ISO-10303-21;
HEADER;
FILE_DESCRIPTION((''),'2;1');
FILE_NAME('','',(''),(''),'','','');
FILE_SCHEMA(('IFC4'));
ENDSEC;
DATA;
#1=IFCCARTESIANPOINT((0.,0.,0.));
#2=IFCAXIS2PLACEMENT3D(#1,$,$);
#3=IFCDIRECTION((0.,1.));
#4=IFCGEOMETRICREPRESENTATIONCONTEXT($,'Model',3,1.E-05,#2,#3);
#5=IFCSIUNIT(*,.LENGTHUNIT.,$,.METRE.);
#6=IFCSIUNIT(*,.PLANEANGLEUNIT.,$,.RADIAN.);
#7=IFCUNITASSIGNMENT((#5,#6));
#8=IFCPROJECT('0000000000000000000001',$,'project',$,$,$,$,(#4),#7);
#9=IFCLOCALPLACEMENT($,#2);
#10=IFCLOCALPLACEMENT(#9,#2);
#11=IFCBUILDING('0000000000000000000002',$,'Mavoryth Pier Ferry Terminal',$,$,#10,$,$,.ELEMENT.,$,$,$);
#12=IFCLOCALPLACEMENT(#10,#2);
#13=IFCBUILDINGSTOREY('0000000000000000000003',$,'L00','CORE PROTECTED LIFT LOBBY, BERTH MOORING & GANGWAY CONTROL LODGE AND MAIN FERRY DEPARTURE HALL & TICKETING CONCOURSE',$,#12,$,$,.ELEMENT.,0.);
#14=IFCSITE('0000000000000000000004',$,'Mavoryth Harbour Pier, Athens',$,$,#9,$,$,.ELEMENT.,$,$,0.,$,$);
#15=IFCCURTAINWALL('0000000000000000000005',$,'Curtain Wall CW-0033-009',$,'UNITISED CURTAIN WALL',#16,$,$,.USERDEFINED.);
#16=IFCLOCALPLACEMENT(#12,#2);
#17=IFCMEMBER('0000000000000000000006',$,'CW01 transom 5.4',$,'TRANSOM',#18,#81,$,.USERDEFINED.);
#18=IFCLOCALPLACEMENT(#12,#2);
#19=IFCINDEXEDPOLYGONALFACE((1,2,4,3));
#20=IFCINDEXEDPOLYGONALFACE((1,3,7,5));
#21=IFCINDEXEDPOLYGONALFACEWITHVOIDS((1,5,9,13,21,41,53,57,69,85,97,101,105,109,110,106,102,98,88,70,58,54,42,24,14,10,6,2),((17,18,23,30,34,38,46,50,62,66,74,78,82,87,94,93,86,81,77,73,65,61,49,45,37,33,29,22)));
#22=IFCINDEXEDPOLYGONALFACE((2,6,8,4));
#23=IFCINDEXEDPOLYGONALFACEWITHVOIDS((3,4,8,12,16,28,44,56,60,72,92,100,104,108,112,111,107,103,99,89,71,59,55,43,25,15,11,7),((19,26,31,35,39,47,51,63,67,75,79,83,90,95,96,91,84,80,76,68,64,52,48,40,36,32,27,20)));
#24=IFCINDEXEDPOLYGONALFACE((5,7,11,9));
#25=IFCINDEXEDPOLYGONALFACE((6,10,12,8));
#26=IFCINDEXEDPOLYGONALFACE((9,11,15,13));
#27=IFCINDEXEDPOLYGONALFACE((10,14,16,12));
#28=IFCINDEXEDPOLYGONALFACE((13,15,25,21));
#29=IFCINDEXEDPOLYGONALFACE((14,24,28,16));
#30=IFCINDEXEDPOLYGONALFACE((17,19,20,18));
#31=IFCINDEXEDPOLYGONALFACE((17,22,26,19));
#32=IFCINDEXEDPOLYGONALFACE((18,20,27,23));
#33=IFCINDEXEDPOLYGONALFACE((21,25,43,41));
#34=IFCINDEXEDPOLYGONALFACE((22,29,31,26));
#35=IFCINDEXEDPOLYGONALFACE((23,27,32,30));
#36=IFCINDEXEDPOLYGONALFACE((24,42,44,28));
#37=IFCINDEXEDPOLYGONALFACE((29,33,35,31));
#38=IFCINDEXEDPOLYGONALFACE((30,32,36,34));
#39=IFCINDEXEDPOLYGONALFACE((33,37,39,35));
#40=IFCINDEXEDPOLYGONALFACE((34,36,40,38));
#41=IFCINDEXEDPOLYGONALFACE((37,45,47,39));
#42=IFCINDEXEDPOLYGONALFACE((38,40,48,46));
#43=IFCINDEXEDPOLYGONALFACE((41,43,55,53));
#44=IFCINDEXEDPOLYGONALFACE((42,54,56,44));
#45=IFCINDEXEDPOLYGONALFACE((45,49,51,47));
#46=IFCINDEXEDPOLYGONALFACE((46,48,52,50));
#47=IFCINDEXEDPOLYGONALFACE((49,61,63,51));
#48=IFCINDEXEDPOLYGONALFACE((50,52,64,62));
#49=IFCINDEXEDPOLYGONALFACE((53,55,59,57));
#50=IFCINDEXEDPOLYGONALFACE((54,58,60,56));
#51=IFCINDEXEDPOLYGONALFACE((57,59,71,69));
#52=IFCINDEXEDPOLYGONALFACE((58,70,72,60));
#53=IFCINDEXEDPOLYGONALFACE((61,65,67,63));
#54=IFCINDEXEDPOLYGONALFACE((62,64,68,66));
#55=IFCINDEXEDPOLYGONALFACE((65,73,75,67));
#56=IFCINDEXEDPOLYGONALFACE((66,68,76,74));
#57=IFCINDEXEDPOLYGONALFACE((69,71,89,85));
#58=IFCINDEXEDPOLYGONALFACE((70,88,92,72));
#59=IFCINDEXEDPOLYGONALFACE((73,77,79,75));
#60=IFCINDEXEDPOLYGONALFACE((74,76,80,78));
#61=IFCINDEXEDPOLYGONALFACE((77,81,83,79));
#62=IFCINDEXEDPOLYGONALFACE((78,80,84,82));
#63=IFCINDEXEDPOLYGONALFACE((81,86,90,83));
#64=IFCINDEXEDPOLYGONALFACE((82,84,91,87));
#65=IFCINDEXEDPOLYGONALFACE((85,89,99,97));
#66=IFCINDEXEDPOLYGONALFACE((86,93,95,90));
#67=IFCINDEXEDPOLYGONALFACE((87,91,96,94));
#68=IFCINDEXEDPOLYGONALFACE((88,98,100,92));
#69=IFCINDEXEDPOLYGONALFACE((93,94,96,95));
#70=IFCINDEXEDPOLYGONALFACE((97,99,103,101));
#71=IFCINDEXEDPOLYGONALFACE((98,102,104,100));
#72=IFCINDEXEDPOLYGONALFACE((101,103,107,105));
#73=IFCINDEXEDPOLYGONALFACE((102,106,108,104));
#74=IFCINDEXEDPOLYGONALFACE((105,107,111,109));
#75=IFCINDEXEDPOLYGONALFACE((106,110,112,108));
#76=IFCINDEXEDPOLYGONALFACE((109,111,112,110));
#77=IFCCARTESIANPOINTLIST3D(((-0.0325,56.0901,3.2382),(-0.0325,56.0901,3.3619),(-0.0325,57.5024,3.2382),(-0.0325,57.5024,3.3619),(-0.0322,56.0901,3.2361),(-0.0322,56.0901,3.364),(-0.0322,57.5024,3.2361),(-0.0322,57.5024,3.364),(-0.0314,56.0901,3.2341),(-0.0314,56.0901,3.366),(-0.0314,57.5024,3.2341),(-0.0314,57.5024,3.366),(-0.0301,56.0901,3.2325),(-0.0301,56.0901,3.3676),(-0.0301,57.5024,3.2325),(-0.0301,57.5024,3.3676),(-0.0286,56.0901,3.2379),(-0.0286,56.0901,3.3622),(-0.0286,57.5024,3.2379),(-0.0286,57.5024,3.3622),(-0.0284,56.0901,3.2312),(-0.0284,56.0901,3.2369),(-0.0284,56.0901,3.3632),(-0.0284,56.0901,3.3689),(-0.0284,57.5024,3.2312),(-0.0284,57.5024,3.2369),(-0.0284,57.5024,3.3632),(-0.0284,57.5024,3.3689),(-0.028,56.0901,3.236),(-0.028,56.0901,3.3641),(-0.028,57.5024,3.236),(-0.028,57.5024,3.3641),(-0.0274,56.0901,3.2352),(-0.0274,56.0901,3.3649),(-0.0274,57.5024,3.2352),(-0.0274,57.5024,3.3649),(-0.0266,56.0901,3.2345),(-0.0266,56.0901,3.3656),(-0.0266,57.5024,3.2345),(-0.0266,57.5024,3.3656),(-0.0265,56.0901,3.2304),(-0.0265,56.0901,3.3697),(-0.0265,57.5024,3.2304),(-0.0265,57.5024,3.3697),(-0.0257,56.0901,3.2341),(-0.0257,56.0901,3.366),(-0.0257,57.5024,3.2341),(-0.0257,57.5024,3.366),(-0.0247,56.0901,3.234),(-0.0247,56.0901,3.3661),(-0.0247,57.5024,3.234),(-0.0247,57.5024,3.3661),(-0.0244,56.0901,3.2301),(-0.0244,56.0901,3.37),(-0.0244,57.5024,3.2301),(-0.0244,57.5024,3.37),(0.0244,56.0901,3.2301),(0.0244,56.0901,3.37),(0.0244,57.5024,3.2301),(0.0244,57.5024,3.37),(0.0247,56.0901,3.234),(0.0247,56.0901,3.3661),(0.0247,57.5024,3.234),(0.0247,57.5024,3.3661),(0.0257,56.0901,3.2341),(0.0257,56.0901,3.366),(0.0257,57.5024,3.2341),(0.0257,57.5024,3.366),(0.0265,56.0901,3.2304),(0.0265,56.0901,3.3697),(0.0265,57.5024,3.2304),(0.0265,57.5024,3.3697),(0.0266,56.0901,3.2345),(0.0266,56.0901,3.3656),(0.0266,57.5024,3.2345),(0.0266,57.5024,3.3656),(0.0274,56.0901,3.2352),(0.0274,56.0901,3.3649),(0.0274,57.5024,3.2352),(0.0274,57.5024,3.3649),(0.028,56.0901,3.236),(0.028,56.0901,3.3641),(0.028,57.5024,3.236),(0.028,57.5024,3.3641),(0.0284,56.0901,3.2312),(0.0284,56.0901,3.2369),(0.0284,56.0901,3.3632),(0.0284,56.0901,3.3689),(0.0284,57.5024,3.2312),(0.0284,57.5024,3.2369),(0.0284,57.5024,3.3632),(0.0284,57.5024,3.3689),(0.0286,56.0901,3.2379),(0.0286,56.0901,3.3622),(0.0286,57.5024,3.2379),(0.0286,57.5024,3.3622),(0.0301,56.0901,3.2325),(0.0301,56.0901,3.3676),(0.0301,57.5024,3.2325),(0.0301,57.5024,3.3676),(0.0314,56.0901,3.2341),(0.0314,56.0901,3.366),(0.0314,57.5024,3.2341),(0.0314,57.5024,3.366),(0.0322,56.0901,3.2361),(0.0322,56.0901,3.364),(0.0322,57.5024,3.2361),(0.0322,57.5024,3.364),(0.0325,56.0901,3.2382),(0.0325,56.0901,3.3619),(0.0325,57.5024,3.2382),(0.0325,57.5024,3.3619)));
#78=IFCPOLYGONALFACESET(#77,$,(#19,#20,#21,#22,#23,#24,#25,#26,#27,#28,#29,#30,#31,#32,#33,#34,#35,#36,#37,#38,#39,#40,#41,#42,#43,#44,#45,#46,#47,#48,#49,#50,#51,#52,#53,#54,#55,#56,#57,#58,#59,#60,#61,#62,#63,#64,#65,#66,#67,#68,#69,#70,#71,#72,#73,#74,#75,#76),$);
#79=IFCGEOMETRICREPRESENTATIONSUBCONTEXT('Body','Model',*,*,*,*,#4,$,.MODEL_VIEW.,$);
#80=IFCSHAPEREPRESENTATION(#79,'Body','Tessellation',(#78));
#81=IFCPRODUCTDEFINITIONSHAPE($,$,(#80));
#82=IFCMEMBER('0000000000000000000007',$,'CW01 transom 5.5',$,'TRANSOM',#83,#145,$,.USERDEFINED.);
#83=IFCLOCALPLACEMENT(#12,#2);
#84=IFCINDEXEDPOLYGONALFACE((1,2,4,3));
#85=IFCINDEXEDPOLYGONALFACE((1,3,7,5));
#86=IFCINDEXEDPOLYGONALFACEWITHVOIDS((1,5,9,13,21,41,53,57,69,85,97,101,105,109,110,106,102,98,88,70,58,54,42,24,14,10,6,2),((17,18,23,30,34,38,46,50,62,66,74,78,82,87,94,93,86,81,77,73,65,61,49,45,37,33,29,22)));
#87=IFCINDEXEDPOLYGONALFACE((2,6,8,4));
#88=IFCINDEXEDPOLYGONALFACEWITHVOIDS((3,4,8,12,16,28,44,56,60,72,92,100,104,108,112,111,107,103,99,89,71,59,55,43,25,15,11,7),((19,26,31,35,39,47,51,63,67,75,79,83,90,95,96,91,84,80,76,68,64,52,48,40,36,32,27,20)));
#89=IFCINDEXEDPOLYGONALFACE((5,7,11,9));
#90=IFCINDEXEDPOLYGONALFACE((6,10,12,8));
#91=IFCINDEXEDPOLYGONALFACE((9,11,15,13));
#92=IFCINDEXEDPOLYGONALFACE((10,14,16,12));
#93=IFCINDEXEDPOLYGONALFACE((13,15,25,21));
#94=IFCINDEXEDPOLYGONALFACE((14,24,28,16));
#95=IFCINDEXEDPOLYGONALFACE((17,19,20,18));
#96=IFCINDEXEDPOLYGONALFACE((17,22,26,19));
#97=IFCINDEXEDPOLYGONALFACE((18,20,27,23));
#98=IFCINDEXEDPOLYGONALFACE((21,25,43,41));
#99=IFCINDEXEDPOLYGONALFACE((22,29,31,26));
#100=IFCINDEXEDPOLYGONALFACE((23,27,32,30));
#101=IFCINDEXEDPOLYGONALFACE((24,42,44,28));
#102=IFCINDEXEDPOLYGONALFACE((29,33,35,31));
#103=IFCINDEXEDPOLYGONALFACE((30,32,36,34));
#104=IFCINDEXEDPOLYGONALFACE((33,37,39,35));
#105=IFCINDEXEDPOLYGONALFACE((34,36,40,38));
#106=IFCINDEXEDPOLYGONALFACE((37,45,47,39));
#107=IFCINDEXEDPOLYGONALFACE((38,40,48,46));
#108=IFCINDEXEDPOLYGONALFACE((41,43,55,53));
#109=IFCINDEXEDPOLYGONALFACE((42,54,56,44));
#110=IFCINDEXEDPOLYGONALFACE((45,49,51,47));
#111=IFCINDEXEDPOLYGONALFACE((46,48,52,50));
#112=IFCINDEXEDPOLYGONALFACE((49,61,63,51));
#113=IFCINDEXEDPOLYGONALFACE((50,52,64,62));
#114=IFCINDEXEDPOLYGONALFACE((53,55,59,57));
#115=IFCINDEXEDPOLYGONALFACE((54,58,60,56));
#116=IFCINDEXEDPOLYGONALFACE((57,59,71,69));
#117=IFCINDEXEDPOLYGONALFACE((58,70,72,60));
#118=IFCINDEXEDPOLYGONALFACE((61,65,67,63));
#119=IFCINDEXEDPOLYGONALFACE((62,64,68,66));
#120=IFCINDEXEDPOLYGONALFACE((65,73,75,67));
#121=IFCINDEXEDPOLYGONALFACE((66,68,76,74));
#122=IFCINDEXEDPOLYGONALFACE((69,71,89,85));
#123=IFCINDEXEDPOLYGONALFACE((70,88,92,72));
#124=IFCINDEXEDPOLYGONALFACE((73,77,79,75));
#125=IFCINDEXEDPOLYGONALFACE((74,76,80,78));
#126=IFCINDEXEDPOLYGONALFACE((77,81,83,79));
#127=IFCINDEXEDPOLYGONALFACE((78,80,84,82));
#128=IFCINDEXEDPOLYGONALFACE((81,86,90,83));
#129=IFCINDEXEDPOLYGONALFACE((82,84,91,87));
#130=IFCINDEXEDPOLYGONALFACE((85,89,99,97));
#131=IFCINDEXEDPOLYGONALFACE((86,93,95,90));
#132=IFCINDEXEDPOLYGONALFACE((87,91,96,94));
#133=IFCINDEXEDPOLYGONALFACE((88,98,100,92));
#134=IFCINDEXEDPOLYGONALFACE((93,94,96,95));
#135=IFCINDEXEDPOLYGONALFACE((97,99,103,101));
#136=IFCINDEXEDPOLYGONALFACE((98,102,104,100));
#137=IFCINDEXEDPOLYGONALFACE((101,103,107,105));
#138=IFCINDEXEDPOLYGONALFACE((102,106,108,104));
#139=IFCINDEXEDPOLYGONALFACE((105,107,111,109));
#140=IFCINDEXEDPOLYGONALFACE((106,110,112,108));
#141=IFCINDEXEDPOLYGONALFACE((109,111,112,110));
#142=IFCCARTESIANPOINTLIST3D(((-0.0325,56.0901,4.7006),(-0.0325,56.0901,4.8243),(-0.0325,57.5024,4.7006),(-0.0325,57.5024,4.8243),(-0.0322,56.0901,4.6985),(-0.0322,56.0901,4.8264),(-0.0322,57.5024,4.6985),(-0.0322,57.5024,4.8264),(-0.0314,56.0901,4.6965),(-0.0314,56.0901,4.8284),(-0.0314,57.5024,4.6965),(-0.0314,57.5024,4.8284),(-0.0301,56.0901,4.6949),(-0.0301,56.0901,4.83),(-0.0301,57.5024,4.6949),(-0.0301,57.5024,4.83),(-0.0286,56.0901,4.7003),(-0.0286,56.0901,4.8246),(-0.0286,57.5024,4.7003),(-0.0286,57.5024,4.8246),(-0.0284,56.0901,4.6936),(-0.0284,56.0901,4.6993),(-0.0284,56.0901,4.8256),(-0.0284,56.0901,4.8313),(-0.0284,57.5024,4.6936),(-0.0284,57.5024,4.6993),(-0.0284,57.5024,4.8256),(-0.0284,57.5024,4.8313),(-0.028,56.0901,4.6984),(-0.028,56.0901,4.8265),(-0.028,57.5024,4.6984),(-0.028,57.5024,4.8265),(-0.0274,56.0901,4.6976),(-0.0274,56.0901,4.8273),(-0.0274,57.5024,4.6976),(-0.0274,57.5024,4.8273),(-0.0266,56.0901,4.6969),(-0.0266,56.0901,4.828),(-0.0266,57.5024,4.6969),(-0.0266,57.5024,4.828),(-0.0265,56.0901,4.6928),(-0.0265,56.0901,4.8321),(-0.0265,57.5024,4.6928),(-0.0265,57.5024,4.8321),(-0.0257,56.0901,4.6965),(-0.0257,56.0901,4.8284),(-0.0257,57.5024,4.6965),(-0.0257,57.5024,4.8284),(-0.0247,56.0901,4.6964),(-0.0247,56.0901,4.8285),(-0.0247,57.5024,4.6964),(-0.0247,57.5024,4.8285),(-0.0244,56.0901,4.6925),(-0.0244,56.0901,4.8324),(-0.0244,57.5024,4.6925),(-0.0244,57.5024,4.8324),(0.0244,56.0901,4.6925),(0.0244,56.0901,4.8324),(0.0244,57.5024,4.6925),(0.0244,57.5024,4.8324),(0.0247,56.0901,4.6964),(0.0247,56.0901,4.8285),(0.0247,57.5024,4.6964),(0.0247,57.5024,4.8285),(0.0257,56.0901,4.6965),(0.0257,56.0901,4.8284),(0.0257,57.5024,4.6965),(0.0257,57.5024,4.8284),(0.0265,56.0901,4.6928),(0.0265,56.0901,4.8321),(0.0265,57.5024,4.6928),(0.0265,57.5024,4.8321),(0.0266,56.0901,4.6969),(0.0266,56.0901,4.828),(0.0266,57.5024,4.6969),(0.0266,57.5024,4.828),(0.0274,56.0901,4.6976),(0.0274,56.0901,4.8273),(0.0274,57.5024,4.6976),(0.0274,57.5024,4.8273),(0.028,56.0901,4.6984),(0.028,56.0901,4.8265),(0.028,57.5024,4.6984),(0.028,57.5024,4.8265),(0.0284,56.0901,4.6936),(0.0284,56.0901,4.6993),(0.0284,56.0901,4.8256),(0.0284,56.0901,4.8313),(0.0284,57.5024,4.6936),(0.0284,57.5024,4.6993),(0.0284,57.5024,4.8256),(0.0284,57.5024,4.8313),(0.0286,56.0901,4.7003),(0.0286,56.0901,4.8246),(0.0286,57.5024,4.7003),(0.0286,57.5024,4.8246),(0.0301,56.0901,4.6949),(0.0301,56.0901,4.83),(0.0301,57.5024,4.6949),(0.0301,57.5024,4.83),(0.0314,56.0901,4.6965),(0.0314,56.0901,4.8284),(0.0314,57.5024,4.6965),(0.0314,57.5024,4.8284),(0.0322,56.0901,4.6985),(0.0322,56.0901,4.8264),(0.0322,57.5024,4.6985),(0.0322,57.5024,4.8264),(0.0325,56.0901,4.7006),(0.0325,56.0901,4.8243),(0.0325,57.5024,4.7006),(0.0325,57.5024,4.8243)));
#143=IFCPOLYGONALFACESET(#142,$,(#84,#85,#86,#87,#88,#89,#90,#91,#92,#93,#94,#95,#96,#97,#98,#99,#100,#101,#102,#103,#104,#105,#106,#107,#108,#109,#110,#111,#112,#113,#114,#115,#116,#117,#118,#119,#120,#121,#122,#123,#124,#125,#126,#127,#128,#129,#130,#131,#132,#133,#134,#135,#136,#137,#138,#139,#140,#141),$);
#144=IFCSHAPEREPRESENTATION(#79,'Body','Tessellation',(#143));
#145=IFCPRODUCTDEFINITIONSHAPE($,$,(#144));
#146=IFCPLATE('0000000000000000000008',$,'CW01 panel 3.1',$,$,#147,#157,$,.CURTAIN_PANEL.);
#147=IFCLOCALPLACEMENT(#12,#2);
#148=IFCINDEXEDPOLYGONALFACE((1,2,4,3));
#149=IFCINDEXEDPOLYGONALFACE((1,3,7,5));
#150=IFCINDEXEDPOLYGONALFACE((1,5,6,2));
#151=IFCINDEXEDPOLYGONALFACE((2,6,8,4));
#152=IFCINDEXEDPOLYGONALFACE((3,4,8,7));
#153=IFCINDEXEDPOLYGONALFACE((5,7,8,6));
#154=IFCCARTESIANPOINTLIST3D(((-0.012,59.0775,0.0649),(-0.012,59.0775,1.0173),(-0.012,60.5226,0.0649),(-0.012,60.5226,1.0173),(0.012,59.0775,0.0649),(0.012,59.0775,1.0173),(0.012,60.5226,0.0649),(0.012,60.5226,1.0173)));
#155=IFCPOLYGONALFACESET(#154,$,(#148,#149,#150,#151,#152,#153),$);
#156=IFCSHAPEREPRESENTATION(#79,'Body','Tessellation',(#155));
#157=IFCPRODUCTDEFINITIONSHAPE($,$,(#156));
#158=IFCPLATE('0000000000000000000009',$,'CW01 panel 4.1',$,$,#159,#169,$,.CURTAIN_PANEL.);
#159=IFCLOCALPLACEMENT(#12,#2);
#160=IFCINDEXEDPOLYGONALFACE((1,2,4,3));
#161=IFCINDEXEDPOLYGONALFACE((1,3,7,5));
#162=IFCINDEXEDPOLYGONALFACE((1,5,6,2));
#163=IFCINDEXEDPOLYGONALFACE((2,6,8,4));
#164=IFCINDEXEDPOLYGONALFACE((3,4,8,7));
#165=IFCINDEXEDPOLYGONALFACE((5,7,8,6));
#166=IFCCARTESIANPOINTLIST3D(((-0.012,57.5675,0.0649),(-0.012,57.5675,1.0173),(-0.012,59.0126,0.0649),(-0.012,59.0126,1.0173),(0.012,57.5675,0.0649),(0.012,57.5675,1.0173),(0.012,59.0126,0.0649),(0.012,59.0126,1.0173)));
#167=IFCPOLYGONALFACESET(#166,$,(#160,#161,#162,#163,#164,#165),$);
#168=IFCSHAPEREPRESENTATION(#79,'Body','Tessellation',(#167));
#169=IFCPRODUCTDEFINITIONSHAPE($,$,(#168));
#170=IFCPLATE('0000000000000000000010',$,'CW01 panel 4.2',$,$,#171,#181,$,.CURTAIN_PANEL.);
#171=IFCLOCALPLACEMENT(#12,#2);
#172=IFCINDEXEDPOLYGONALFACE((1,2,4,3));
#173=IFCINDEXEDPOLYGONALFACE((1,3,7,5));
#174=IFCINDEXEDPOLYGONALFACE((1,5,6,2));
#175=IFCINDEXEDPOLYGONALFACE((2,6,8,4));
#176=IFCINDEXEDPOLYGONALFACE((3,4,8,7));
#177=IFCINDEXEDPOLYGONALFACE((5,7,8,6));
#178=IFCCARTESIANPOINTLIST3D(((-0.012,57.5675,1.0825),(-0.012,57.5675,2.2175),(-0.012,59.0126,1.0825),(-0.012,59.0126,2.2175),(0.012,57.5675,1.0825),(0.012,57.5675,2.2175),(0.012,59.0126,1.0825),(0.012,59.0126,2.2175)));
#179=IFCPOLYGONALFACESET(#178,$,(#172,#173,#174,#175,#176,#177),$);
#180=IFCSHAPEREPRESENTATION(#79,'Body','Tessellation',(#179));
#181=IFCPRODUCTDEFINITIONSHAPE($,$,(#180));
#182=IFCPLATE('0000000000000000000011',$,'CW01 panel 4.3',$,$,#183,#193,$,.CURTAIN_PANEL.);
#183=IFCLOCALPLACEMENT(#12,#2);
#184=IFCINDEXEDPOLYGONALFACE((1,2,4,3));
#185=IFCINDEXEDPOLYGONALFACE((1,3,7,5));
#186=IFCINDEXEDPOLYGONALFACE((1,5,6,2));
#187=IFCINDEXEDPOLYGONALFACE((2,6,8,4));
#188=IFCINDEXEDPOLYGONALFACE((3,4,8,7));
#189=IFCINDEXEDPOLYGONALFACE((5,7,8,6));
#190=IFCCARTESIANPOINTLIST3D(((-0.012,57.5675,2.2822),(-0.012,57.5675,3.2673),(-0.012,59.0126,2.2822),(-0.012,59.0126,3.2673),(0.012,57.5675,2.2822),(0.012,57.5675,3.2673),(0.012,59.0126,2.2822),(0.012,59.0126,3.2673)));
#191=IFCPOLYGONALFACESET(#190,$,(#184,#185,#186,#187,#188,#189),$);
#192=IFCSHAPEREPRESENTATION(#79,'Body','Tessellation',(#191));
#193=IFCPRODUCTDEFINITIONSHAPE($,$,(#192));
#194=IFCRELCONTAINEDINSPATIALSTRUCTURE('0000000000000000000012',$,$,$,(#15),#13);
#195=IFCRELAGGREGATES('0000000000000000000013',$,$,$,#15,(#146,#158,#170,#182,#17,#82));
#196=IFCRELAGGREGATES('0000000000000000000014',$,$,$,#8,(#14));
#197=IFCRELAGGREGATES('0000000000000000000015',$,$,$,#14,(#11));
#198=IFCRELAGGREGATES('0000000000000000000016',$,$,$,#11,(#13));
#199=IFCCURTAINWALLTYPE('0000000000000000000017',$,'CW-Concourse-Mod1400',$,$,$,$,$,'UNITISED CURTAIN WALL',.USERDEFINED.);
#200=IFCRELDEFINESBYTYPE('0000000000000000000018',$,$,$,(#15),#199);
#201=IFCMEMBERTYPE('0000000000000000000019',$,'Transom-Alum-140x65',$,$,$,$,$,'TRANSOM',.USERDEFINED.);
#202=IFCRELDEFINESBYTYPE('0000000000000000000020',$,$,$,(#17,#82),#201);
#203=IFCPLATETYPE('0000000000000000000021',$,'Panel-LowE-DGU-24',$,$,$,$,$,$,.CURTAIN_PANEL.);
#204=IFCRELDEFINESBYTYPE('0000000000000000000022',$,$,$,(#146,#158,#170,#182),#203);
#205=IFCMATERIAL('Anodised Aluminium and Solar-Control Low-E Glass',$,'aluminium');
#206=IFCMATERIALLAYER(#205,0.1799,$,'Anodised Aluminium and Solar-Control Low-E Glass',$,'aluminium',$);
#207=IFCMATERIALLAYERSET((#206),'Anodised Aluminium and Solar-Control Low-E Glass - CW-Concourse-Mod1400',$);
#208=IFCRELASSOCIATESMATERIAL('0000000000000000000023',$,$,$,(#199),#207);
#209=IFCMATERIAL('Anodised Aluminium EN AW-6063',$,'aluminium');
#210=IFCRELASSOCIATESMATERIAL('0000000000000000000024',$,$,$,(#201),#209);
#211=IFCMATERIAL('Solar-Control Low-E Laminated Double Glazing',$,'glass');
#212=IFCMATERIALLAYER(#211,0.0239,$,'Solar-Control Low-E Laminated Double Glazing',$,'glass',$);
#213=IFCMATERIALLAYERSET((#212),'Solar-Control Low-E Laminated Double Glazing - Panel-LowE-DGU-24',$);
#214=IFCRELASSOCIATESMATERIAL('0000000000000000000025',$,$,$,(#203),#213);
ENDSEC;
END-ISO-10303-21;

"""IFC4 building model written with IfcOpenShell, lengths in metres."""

from ifc_helpers import new_model, si_unit, direction, frame, origin, origin_2d, place, context, subcontext, project, spatial, rectangle, hollow_rectangle, extrude, material, layer, layer_set, material_profile, profile_set, type_object, element, aggregate, save


model = new_model("IFC4")

# Units and contexts
model_context = context("Model", 3, precision=1e-05, world=origin(), true_north=direction((0.0, 1.0)))
body_context = subcontext(model_context, "Body", "Model", "MODEL_VIEW")
ifc_project = project(units=[si_unit("LENGTHUNIT", "METRE"), si_unit("PLANEANGLEUNIT", "RADIAN")], contexts=[model_context])

# Site, building, storey
site_placement = place(None, origin())
site = spatial("IfcSite", under=ifc_project, at=site_placement, Name="Mavoryth Harbour Pier, Athens", CompositionType="ELEMENT", RefElevation=0.0)
building_placement = place(site_placement, origin())
building = spatial("IfcBuilding", under=site, at=building_placement, Name="Mavoryth Pier Ferry Terminal", CompositionType="ELEMENT")
storey_placement = place(building_placement, origin())
storey = spatial("IfcBuildingStorey", under=building, at=storey_placement, Name="L00", Description="CORE PROTECTED LIFT LOBBY, BERTH MOORING & GANGWAY CONTROL LODGE AND MAIN FERRY DEPARTURE HALL & TICKETING CONCOURSE", CompositionType="ELEMENT", Elevation=0.0)

# Curtain wall, members, plates
ifc_material_1 = material(Name="Anodised Aluminium and Solar-Control Low-E Glass", Category="aluminium")
ifc_layer_1 = layer(ifc_material_1, 0.1799, Name="Anodised Aluminium and Solar-Control Low-E Glass", Category="aluminium")
ifc_layer_set_1 = layer_set([ifc_layer_1], Name="Anodised Aluminium and Solar-Control Low-E Glass - CW-Concourse-Mod1400")
curtain_wall_type = type_object("IfcCurtainWallType", Name="CW-Concourse-Mod1400", ElementType="UNITISED CURTAIN WALL", PredefinedType="USERDEFINED", material=ifc_layer_set_1)
curtain_wall_placement = place(storey_placement, origin())
curtain_wall = element("IfcCurtainWall", 1, at=curtain_wall_placement, inside=storey, type_object=curtain_wall_type, Name="Curtain Wall CW-0033-009", ObjectType="UNITISED CURTAIN WALL", PredefinedType="USERDEFINED")
ifc_material_2 = material(Name="Anodised Aluminium EN AW-6063", Category="aluminium")
ifc_material_profile_1 = material_profile(ifc_material_2, hollow_rectangle(XDim=0.0649, YDim=0.1399, WallThickness=0.0039, InnerFilletRadius=0.0039, OuterFilletRadius=0.0081, at=origin_2d()), Name="AL-TRAN 140x65x4", Category="aluminium")
ifc_profile_set_1 = profile_set([ifc_material_profile_1], Name="Anodised Aluminium EN AW-6063 - AL-TRAN 140x65x4")
member_type_1 = type_object("IfcMemberType", Name="Transom-Alum-140x65", ElementType="TRANSOM", PredefinedType="USERDEFINED", material=ifc_profile_set_1)
member_1_placement = place(storey_placement, frame((0.0, 57.5024, 3.3), z_axis=(0.0, -1.0, 0.0), x_axis=(1.0, 0.0, 0.0)))
member_1 = element("IfcMember", 2, at=member_1_placement, type_object=member_type_1, Name="CW01 transom 5.4", ObjectType="TRANSOM", PredefinedType="USERDEFINED", context=body_context, shape_type="SweptSolid", body=[
    extrude(hollow_rectangle(XDim=0.0649, YDim=0.1399, WallThickness=0.0039, InnerFilletRadius=0.0039, OuterFilletRadius=0.0081, at=origin_2d()), origin(), (0.0, 0.0, 1.0), 1.4124),
])
member_2_placement = place(storey_placement, frame((0.0, 57.5024, 4.7625), z_axis=(0.0, -1.0, 0.0), x_axis=(1.0, 0.0, 0.0)))
member_2 = element("IfcMember", 3, at=member_2_placement, type_object=member_type_1, Name="CW01 transom 5.5", ObjectType="TRANSOM", PredefinedType="USERDEFINED", context=body_context, shape_type="SweptSolid", body=[
    extrude(hollow_rectangle(XDim=0.0649, YDim=0.1399, WallThickness=0.0039, InnerFilletRadius=0.0039, OuterFilletRadius=0.0081, at=origin_2d()), origin(), (0.0, 0.0, 1.0), 1.4124),
])
ifc_material_3 = material(Name="Solar-Control Low-E Laminated Double Glazing", Category="glass")
ifc_layer_2 = layer(ifc_material_3, 0.0239, Name="Solar-Control Low-E Laminated Double Glazing", Category="glass")
ifc_layer_set_2 = layer_set([ifc_layer_2], Name="Solar-Control Low-E Laminated Double Glazing - Panel-LowE-DGU-24")
plate_type = type_object("IfcPlateType", Name="Panel-LowE-DGU-24", PredefinedType="CURTAIN_PANEL", material=ifc_layer_set_2)
plate_1_placement = place(storey_placement, frame((0.0, 59.8, 0.0649), z_axis=(0.0, 0.0, 1.0), x_axis=(0.0, -1.0, 0.0)))
plate_1 = element("IfcPlate", 4, at=plate_1_placement, type_object=plate_type, Name="CW01 panel 3.1", PredefinedType="CURTAIN_PANEL", context=body_context, shape_type="SweptSolid", body=[
    extrude(rectangle(XDim=1.4451, YDim=0.0239, at=origin_2d()), origin(), (0.0, 0.0, 1.0), 0.9524),
])
plate_2_placement = place(storey_placement, frame((0.0, 58.29, 0.0649), z_axis=(0.0, 0.0, 1.0), x_axis=(0.0, -1.0, 0.0)))
plate_2 = element("IfcPlate", 5, at=plate_2_placement, type_object=plate_type, Name="CW01 panel 4.1", PredefinedType="CURTAIN_PANEL", context=body_context, shape_type="SweptSolid", body=[
    extrude(rectangle(XDim=1.4451, YDim=0.0239, at=origin_2d()), origin(), (0.0, 0.0, 1.0), 0.9524),
])
plate_3_placement = place(storey_placement, frame((0.0, 58.29, 1.0825), z_axis=(0.0, 0.0, 1.0), x_axis=(0.0, -1.0, 0.0)))
plate_3 = element("IfcPlate", 6, at=plate_3_placement, type_object=plate_type, Name="CW01 panel 4.2", PredefinedType="CURTAIN_PANEL", context=body_context, shape_type="SweptSolid", body=[
    extrude(rectangle(XDim=1.4451, YDim=0.0239, at=origin_2d()), origin(), (0.0, 0.0, 1.0), 1.135),
])
plate_4_placement = place(storey_placement, frame((0.0, 58.29, 2.2822), z_axis=(0.0, 0.0, 1.0), x_axis=(0.0, -1.0, 0.0)))
plate_4 = element("IfcPlate", 7, at=plate_4_placement, type_object=plate_type, Name="CW01 panel 4.3", PredefinedType="CURTAIN_PANEL", context=body_context, shape_type="SweptSolid", body=[
    extrude(rectangle(XDim=1.4451, YDim=0.0239, at=origin_2d()), origin(), (0.0, 0.0, 1.0), 0.9851),
])
aggregate(curtain_wall, [plate_1, plate_2, plate_3, plate_4, member_1, member_2])

save(model, "model.ifc")
